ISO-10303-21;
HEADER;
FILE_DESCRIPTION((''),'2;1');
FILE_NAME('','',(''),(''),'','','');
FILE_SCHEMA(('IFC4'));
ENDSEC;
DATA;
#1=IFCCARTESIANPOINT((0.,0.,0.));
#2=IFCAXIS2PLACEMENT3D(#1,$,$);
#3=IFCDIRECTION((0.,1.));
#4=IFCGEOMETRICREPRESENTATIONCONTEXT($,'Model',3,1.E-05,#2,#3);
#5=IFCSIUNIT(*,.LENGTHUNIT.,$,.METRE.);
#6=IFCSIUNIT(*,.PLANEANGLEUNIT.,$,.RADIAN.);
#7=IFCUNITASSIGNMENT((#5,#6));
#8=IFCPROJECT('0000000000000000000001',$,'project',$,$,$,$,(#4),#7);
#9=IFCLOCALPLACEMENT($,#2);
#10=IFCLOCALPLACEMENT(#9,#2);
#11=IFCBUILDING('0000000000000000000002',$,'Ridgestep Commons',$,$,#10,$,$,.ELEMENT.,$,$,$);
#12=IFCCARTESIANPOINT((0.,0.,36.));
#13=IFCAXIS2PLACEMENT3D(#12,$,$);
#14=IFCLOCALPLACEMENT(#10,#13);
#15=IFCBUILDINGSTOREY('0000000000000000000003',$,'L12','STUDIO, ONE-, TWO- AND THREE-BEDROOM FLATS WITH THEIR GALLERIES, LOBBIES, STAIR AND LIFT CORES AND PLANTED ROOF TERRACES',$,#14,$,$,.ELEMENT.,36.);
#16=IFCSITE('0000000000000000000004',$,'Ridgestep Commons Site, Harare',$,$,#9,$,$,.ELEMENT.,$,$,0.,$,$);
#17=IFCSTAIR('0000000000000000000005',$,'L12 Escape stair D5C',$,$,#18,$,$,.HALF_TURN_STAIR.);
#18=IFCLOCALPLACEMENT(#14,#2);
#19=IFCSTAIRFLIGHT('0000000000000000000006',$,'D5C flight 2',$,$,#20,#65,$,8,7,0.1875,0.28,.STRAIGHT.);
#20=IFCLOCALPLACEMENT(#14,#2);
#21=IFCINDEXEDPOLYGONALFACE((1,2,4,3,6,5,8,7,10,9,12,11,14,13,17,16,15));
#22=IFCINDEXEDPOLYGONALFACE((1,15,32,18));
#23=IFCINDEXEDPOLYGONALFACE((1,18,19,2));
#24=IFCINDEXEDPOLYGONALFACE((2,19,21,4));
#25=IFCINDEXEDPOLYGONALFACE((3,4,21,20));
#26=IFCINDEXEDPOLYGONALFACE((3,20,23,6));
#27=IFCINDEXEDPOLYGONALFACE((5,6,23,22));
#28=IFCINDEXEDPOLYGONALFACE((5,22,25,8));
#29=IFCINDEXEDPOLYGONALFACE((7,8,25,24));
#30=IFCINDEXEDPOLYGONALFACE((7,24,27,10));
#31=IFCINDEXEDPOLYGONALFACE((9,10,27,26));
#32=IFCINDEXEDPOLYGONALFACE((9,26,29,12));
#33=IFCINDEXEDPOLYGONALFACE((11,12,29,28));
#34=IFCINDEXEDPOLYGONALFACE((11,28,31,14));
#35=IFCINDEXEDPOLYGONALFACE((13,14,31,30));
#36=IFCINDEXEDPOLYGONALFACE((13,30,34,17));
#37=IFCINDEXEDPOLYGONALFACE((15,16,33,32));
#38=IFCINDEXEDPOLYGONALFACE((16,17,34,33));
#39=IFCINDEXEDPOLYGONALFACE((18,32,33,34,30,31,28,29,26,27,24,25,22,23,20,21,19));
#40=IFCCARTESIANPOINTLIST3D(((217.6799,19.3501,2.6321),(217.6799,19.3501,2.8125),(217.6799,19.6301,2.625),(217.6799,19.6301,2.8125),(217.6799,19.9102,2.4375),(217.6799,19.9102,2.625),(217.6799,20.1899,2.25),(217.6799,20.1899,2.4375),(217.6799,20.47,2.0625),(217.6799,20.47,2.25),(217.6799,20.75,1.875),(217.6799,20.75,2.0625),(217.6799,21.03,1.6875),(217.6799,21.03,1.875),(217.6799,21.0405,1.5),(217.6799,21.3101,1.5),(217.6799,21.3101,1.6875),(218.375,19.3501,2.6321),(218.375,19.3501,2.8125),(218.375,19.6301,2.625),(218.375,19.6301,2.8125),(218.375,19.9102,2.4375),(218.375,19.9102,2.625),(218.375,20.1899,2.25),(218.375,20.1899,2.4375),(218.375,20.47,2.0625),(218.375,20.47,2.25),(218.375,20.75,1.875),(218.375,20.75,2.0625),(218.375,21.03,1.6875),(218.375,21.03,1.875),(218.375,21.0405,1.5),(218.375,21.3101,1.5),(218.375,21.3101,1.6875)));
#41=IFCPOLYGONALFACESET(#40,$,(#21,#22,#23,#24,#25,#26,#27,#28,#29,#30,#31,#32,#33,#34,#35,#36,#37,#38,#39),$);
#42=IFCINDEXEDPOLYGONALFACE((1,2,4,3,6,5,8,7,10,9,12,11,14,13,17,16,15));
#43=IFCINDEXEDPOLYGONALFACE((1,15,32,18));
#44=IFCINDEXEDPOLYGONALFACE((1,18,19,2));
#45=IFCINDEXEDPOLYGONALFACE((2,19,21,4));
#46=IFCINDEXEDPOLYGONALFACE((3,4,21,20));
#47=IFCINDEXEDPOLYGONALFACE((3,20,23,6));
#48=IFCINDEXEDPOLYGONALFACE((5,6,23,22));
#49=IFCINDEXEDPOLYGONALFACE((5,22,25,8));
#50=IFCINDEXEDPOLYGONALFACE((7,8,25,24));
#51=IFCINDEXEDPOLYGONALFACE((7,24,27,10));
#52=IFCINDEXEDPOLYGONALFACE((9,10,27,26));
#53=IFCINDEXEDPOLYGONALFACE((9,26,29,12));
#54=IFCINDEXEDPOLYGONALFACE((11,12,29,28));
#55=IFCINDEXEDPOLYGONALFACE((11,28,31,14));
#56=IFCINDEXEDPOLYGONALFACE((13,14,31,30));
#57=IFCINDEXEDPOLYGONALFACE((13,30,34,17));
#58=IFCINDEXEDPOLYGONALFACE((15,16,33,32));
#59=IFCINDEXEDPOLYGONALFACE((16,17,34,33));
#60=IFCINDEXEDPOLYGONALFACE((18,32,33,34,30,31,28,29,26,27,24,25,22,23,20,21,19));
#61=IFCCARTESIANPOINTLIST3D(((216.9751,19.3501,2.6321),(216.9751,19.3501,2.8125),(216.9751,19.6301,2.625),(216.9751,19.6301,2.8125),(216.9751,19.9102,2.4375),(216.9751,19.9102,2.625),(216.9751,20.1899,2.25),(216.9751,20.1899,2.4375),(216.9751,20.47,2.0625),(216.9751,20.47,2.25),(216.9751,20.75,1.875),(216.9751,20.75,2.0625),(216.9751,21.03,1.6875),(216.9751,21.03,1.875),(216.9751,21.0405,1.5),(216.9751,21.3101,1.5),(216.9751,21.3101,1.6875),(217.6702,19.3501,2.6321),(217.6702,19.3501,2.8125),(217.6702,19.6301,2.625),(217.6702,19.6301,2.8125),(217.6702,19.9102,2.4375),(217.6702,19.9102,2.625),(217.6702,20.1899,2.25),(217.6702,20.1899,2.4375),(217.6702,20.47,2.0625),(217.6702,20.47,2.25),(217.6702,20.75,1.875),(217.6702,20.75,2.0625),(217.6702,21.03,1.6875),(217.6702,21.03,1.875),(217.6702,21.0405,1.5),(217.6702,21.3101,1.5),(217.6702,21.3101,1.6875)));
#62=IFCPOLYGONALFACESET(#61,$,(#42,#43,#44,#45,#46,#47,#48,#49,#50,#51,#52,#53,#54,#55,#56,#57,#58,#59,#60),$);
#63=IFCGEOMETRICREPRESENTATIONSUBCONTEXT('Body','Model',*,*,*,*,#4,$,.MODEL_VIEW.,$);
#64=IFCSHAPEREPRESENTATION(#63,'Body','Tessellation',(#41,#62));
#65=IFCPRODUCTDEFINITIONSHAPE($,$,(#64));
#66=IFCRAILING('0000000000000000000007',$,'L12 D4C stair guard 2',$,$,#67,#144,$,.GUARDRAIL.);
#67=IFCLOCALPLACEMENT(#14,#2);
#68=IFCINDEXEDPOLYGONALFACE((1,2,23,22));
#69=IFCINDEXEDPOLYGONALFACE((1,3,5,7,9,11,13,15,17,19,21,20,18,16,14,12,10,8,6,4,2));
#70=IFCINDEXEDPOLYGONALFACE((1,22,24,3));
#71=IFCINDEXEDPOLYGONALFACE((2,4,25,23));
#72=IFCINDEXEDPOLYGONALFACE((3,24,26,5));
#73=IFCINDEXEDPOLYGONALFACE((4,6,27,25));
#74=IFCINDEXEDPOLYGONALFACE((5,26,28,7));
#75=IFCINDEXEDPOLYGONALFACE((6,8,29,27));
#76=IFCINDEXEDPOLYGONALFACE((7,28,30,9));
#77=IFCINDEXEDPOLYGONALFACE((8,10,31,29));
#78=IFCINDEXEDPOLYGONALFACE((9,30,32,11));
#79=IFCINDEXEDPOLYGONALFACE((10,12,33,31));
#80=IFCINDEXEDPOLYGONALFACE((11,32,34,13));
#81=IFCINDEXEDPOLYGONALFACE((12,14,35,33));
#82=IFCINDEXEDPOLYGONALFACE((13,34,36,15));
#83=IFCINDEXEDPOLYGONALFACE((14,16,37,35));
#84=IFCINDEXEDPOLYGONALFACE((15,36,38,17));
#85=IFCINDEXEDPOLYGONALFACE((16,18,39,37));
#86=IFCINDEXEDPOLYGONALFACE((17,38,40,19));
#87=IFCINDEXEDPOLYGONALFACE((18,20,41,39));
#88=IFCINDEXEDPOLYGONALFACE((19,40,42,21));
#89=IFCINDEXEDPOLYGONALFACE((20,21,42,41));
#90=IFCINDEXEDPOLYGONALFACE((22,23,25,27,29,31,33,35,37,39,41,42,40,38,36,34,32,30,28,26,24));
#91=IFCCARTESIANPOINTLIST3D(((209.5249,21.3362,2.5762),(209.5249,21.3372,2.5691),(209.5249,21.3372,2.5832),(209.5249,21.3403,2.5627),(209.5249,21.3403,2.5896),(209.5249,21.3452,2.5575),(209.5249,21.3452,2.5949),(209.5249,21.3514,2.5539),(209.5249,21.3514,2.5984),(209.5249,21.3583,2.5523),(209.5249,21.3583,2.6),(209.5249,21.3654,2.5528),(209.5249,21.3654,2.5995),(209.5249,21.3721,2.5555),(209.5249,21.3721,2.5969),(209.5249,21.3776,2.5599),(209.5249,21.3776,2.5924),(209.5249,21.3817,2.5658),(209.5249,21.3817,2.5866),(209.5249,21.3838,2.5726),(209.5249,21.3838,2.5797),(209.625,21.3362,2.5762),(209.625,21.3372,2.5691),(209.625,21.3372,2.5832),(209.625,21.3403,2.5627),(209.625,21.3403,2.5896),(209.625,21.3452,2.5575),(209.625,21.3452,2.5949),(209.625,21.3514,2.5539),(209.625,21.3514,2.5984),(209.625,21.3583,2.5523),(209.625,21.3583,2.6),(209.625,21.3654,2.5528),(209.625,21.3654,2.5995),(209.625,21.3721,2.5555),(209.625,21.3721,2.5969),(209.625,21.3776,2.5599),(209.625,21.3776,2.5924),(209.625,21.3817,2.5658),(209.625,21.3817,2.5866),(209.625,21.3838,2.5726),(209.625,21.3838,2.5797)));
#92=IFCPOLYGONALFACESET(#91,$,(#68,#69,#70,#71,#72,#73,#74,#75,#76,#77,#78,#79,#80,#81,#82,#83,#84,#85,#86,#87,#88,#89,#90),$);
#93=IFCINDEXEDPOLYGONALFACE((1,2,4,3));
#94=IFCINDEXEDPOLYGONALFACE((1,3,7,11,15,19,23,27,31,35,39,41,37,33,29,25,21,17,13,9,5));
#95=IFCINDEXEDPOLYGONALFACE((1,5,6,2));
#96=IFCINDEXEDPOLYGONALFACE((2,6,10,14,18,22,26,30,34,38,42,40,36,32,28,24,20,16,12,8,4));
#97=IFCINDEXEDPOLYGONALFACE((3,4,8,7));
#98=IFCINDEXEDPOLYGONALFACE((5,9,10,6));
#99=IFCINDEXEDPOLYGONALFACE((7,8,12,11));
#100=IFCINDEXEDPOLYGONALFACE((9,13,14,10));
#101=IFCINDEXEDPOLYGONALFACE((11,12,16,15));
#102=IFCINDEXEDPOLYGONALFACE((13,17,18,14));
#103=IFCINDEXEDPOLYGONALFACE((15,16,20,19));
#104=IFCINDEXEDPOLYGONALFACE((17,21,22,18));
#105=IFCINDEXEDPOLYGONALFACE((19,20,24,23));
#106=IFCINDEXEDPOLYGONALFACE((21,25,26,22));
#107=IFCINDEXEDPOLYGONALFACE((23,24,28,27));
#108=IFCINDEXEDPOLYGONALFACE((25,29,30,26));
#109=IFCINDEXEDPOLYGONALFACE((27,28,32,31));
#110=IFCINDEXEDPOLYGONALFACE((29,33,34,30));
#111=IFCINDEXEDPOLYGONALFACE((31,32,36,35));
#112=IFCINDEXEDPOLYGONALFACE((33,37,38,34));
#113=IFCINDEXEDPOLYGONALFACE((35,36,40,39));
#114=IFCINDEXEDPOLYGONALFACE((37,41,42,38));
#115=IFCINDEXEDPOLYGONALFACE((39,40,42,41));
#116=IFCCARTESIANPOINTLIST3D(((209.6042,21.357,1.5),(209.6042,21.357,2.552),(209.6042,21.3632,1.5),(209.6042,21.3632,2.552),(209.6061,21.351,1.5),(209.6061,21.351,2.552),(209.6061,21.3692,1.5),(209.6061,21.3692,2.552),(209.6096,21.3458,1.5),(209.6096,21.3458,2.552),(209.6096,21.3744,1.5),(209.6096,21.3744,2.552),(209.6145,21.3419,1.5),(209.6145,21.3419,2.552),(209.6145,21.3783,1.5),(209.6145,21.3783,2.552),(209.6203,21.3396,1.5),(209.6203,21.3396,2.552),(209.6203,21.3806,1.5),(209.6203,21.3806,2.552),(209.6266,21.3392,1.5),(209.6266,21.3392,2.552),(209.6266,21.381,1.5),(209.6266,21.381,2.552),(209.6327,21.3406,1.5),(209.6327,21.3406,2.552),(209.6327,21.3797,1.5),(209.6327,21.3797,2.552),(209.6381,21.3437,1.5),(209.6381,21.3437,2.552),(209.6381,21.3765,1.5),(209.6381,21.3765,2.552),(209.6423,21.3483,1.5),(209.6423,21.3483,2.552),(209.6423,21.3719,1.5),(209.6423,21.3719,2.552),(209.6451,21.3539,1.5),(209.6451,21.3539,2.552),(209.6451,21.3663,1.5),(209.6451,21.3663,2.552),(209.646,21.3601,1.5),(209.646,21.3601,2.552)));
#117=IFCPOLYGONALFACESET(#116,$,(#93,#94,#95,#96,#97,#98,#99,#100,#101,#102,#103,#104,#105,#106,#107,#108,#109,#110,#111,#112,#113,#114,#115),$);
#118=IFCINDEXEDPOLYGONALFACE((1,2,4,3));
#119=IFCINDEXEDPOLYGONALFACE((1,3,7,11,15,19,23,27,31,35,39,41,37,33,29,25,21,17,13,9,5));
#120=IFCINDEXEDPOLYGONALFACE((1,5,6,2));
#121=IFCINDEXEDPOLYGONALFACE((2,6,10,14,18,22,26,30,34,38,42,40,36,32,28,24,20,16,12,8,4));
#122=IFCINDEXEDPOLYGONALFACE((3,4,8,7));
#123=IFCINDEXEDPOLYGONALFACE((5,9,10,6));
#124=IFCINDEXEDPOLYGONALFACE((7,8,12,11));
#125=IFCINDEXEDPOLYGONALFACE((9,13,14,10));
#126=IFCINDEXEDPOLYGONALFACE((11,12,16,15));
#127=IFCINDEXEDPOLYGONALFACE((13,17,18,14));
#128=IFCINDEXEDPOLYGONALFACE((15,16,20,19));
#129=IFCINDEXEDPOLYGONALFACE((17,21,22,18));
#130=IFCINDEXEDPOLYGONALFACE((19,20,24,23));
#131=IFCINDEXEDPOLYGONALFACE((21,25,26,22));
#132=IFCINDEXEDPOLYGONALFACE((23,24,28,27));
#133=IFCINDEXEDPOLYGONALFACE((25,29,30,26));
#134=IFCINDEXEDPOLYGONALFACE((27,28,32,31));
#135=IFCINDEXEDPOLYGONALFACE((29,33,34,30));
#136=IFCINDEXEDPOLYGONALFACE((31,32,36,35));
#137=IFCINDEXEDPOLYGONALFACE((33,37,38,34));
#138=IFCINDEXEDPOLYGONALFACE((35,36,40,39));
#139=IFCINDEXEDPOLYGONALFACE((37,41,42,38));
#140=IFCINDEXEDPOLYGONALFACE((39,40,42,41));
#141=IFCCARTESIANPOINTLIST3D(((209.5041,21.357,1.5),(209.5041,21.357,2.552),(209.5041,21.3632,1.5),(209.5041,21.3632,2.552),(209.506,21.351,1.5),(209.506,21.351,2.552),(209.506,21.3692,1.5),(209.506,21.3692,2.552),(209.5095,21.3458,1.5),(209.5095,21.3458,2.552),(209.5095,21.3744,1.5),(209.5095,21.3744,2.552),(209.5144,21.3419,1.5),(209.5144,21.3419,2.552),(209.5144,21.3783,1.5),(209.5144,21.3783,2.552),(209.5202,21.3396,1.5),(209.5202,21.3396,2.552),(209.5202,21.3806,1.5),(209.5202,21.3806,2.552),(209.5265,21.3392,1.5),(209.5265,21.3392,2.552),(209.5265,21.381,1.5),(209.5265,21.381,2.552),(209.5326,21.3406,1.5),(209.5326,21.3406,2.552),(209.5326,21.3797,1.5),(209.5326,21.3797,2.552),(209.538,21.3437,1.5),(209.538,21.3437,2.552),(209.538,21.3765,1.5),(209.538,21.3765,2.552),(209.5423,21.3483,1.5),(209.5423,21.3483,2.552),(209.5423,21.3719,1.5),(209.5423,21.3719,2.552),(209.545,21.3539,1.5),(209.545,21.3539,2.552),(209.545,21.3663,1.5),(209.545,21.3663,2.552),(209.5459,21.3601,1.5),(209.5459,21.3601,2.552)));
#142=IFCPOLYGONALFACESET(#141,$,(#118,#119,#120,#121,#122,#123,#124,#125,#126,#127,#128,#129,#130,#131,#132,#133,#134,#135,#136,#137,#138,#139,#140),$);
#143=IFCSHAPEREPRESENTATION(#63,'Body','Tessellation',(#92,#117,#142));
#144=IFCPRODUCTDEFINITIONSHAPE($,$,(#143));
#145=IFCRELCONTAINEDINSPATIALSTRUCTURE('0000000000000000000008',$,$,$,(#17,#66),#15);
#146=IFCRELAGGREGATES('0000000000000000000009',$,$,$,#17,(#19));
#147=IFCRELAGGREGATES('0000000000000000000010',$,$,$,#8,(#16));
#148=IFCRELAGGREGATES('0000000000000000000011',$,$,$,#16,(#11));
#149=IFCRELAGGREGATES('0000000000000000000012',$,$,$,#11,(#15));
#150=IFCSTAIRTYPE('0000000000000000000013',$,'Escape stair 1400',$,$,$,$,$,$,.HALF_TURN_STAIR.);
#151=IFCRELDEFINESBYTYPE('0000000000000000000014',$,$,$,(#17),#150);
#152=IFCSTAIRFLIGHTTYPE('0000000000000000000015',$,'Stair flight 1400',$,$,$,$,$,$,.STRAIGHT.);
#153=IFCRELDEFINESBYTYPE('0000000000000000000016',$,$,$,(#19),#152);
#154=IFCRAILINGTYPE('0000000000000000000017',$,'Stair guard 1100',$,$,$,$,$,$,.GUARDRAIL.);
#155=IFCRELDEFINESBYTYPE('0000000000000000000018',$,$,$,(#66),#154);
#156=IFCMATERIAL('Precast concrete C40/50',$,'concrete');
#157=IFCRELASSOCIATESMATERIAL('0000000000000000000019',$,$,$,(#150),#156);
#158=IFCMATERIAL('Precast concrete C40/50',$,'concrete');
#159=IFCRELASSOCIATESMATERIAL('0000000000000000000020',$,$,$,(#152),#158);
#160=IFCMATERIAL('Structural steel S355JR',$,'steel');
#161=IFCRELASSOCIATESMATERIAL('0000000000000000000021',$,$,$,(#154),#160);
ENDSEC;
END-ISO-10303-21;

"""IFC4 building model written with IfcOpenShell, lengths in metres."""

from ifc_helpers import new_model, si_unit, direction, frame, origin, origin_2d, place, context, subcontext, project, spatial, polyline, circle, outline, extrude, material, type_object, element, aggregate, save


model = new_model("IFC4")

# Units and contexts
model_context = context("Model", 3, precision=1e-05, world=origin(), true_north=direction((0.0, 1.0)))
body_context = subcontext(model_context, "Body", "Model", "MODEL_VIEW")
ifc_project = project(units=[si_unit("LENGTHUNIT", "METRE"), si_unit("PLANEANGLEUNIT", "RADIAN")], contexts=[model_context])

# Site, building, storey
site_placement = place(None, origin())
site = spatial("IfcSite", under=ifc_project, at=site_placement, Name="Ridgestep Commons Site, Harare", CompositionType="ELEMENT", RefElevation=0.0)
building_placement = place(site_placement, origin())
building = spatial("IfcBuilding", under=site, at=building_placement, Name="Ridgestep Commons", CompositionType="ELEMENT")
storey_placement = place(building_placement, frame((0.0, 0.0, 36.0)))
storey = spatial("IfcBuildingStorey", under=building, at=storey_placement, Name="L12", Description="STUDIO, ONE-, TWO- AND THREE-BEDROOM FLATS WITH THEIR GALLERIES, LOBBIES, STAIR AND LIFT CORES AND PLANTED ROOF TERRACES", CompositionType="ELEMENT", Elevation=36.0)

# Stair, stair flight
ifc_material_1 = material(Name="Precast concrete C40/50", Category="concrete")
stair_type = type_object("IfcStairType", Name="Escape stair 1400", PredefinedType="HALF_TURN_STAIR", material=ifc_material_1)
ifc_material_2 = material(Name="Precast concrete C40/50", Category="concrete")
stair_flight_type = type_object("IfcStairFlightType", Name="Stair flight 1400", PredefinedType="STRAIGHT", material=ifc_material_2)
stair_1_placement = place(storey_placement, origin())
stair_1 = element("IfcStair", 1, at=stair_1_placement, inside=storey, type_object=stair_type, Name="L12 Escape stair D5C", PredefinedType="HALF_TURN_STAIR")
stair_flight_1_placement = place(storey_placement, frame((217.675, 21.3101, 1.5), z_axis=(0.0, 0.0, 1.0), x_axis=(0.0, -1.0, 0.0)))
stair_flight_1 = element("IfcStairFlight", 2, at=stair_flight_1_placement, type_object=stair_flight_type, Name="D5C flight 2", NumberOfRisers=8, NumberOfTreads=7, PredefinedType="STRAIGHT", RiserHeight=0.1875, TreadLength=0.28, context=body_context, shape_type="SweptSolid", body=[
    extrude(outline(polyline([(0.0, 0.0), (0.0, 0.1875), (0.28, 0.1875), (0.28, 0.375), (0.5601, 0.375), (0.5601, 0.5625), (0.8401, 0.5625), (0.8401, 0.75), (1.1201, 0.75), (1.1201, 0.9375), (1.3999, 0.9375), (1.3999, 1.125), (1.6799, 1.125), (1.6799, 1.3125), (1.96, 1.3125), (1.96, 1.5), (1.96, 1.1321), (0.2695, 0.0), (0.0, 0.0)])), frame((0.0, 0.7, 0.0), z_axis=(0.0, -1.0, 0.0), x_axis=(1.0, 0.0, 0.0)), (0.0, 0.0, 1.0), 0.6951),
    extrude(outline(polyline([(0.0, 0.0), (0.0, 0.1875), (0.28, 0.1875), (0.28, 0.375), (0.5601, 0.375), (0.5601, 0.5625), (0.8401, 0.5625), (0.8401, 0.75), (1.1201, 0.75), (1.1201, 0.9375), (1.3999, 0.9375), (1.3999, 1.125), (1.6799, 1.125), (1.6799, 1.3125), (1.96, 1.3125), (1.96, 1.5), (1.96, 1.1321), (0.2695, 0.0), (0.0, 0.0)])), frame((0.0, -0.0049, 0.0), z_axis=(0.0, -1.0, 0.0), x_axis=(1.0, 0.0, 0.0)), (0.0, 0.0, 1.0), 0.6951),
])
aggregate(stair_1, [stair_flight_1])

# Railing
ifc_material_3 = material(Name="Structural steel S355JR", Category="steel")
railing_type_1 = type_object("IfcRailingType", Name="Stair guard 1100", PredefinedType="GUARDRAIL", material=ifc_material_3)
railing_1_placement = place(storey_placement, frame((209.625, 21.3601, 1.5)))
element("IfcRailing", 3, at=railing_1_placement, inside=storey, type_object=railing_type_1, Name="L12 D4C stair guard 2", PredefinedType="GUARDRAIL", context=body_context, shape_type="SweptSolid", body=[
    extrude(circle(Radius=0.0239, at=origin_2d()), frame((0.0, 0.0, 1.0762), z_axis=(-1.0, 0.0, 0.0), x_axis=(0.0, -1.0, 0.0)), (0.0, 0.0, 1.0), 0.1001),
    extrude(circle(Radius=0.021, at=origin_2d()), origin(), (0.0, 0.0, 1.0), 1.052),
    extrude(circle(Radius=0.021, at=origin_2d()), frame((-0.1001, 0.0, 0.0)), (0.0, 0.0, 1.0), 1.052),
])

save(model, "model.ifc")
